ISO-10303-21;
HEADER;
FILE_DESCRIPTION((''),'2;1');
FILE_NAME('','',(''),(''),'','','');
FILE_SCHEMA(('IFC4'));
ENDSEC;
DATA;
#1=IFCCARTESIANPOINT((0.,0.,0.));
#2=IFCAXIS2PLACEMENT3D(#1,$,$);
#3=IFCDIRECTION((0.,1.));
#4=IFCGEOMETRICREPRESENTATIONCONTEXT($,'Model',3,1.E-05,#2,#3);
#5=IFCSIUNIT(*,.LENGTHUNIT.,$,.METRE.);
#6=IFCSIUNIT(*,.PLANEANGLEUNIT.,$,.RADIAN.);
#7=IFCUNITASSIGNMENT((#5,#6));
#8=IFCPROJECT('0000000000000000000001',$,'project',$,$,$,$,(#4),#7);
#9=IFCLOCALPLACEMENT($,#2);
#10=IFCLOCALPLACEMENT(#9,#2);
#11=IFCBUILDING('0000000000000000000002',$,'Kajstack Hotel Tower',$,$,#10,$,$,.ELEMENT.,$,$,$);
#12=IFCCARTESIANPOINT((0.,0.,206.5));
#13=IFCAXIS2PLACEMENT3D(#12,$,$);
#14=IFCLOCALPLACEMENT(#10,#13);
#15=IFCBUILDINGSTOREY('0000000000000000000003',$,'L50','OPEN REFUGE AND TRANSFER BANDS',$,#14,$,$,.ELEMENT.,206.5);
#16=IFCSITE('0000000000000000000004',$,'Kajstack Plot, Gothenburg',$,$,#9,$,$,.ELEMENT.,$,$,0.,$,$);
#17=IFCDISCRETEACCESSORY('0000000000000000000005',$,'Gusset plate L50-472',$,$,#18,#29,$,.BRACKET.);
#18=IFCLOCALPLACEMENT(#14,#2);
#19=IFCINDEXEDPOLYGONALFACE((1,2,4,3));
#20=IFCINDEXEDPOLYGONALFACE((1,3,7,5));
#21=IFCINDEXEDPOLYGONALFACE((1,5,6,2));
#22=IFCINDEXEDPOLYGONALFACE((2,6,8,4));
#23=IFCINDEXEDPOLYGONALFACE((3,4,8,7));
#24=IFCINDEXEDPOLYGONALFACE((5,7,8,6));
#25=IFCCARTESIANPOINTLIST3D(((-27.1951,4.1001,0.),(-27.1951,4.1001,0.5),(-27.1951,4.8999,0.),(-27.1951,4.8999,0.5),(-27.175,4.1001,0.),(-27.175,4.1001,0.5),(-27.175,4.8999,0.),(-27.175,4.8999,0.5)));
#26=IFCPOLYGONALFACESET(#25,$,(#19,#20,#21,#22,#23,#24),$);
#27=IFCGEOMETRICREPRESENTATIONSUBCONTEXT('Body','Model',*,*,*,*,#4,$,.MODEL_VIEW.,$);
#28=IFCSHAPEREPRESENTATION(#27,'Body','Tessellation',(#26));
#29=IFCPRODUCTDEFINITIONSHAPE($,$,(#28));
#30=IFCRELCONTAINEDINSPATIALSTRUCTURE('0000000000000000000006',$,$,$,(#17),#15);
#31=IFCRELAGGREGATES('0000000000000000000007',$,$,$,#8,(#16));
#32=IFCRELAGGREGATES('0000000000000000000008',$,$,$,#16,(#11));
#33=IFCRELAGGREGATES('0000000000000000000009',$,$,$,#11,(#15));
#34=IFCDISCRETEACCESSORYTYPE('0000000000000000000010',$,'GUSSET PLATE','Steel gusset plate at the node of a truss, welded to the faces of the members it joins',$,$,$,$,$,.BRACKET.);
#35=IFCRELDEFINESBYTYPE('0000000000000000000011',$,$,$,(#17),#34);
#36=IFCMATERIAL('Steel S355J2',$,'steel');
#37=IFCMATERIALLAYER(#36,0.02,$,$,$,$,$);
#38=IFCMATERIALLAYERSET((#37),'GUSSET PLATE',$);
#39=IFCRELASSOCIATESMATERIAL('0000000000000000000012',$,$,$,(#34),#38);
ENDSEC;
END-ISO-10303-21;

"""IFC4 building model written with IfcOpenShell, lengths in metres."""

from ifc_helpers import new_model, si_unit, direction, frame, origin, place, context, subcontext, project, spatial, polyline, outline, extrude, material, layer, layer_set, type_object, element, save


model = new_model("IFC4")

# Units and contexts
model_context = context("Model", 3, precision=1e-05, world=origin(), true_north=direction((0.0, 1.0)))
body_context = subcontext(model_context, "Body", "Model", "MODEL_VIEW")
ifc_project = project(units=[si_unit("LENGTHUNIT", "METRE"), si_unit("PLANEANGLEUNIT", "RADIAN")], contexts=[model_context])

# Site, building, storey
site_placement = place(None, origin())
site = spatial("IfcSite", under=ifc_project, at=site_placement, Name="Kajstack Plot, Gothenburg", CompositionType="ELEMENT", RefElevation=0.0)
building_placement = place(site_placement, origin())
building = spatial("IfcBuilding", under=site, at=building_placement, Name="Kajstack Hotel Tower", CompositionType="ELEMENT")
storey_placement = place(building_placement, frame((0.0, 0.0, 206.5)))
storey = spatial("IfcBuildingStorey", under=building, at=storey_placement, Name="L50", Description="OPEN REFUGE AND TRANSFER BANDS", CompositionType="ELEMENT", Elevation=206.5)

# Shared definitions
ifc_material_1 = material(Name="Steel S355J2", Category="steel")

# Discrete accessory
ifc_layer_1 = layer(ifc_material_1, 0.02)
ifc_layer_set_1 = layer_set([ifc_layer_1], Name="GUSSET PLATE")
discrete_accessory_type = type_object("IfcDiscreteAccessoryType", Name="GUSSET PLATE", Description="Steel gusset plate at the node of a truss, welded to the faces of the members it joins", PredefinedType="BRACKET", material=ifc_layer_set_1)
discrete_accessory_placement = place(storey_placement, frame((-27.1951, 4.5, 0.0), z_axis=(1.0, 0.0, 0.0), x_axis=(0.0, 1.0, 0.0)))
element("IfcDiscreteAccessory", 1, at=discrete_accessory_placement, inside=storey, type_object=discrete_accessory_type, Name="Gusset plate L50-472", PredefinedType="BRACKET", context=body_context, shape_type="SweptSolid", body=[
    extrude(outline(polyline([(-0.3999, 0.0), (0.3999, 0.0), (0.3999, 0.5), (-0.3999, 0.5), (-0.3999, 0.0)])), origin(), (0.0, 0.0, 1.0), 0.02),
])

save(model, "model.ifc")
